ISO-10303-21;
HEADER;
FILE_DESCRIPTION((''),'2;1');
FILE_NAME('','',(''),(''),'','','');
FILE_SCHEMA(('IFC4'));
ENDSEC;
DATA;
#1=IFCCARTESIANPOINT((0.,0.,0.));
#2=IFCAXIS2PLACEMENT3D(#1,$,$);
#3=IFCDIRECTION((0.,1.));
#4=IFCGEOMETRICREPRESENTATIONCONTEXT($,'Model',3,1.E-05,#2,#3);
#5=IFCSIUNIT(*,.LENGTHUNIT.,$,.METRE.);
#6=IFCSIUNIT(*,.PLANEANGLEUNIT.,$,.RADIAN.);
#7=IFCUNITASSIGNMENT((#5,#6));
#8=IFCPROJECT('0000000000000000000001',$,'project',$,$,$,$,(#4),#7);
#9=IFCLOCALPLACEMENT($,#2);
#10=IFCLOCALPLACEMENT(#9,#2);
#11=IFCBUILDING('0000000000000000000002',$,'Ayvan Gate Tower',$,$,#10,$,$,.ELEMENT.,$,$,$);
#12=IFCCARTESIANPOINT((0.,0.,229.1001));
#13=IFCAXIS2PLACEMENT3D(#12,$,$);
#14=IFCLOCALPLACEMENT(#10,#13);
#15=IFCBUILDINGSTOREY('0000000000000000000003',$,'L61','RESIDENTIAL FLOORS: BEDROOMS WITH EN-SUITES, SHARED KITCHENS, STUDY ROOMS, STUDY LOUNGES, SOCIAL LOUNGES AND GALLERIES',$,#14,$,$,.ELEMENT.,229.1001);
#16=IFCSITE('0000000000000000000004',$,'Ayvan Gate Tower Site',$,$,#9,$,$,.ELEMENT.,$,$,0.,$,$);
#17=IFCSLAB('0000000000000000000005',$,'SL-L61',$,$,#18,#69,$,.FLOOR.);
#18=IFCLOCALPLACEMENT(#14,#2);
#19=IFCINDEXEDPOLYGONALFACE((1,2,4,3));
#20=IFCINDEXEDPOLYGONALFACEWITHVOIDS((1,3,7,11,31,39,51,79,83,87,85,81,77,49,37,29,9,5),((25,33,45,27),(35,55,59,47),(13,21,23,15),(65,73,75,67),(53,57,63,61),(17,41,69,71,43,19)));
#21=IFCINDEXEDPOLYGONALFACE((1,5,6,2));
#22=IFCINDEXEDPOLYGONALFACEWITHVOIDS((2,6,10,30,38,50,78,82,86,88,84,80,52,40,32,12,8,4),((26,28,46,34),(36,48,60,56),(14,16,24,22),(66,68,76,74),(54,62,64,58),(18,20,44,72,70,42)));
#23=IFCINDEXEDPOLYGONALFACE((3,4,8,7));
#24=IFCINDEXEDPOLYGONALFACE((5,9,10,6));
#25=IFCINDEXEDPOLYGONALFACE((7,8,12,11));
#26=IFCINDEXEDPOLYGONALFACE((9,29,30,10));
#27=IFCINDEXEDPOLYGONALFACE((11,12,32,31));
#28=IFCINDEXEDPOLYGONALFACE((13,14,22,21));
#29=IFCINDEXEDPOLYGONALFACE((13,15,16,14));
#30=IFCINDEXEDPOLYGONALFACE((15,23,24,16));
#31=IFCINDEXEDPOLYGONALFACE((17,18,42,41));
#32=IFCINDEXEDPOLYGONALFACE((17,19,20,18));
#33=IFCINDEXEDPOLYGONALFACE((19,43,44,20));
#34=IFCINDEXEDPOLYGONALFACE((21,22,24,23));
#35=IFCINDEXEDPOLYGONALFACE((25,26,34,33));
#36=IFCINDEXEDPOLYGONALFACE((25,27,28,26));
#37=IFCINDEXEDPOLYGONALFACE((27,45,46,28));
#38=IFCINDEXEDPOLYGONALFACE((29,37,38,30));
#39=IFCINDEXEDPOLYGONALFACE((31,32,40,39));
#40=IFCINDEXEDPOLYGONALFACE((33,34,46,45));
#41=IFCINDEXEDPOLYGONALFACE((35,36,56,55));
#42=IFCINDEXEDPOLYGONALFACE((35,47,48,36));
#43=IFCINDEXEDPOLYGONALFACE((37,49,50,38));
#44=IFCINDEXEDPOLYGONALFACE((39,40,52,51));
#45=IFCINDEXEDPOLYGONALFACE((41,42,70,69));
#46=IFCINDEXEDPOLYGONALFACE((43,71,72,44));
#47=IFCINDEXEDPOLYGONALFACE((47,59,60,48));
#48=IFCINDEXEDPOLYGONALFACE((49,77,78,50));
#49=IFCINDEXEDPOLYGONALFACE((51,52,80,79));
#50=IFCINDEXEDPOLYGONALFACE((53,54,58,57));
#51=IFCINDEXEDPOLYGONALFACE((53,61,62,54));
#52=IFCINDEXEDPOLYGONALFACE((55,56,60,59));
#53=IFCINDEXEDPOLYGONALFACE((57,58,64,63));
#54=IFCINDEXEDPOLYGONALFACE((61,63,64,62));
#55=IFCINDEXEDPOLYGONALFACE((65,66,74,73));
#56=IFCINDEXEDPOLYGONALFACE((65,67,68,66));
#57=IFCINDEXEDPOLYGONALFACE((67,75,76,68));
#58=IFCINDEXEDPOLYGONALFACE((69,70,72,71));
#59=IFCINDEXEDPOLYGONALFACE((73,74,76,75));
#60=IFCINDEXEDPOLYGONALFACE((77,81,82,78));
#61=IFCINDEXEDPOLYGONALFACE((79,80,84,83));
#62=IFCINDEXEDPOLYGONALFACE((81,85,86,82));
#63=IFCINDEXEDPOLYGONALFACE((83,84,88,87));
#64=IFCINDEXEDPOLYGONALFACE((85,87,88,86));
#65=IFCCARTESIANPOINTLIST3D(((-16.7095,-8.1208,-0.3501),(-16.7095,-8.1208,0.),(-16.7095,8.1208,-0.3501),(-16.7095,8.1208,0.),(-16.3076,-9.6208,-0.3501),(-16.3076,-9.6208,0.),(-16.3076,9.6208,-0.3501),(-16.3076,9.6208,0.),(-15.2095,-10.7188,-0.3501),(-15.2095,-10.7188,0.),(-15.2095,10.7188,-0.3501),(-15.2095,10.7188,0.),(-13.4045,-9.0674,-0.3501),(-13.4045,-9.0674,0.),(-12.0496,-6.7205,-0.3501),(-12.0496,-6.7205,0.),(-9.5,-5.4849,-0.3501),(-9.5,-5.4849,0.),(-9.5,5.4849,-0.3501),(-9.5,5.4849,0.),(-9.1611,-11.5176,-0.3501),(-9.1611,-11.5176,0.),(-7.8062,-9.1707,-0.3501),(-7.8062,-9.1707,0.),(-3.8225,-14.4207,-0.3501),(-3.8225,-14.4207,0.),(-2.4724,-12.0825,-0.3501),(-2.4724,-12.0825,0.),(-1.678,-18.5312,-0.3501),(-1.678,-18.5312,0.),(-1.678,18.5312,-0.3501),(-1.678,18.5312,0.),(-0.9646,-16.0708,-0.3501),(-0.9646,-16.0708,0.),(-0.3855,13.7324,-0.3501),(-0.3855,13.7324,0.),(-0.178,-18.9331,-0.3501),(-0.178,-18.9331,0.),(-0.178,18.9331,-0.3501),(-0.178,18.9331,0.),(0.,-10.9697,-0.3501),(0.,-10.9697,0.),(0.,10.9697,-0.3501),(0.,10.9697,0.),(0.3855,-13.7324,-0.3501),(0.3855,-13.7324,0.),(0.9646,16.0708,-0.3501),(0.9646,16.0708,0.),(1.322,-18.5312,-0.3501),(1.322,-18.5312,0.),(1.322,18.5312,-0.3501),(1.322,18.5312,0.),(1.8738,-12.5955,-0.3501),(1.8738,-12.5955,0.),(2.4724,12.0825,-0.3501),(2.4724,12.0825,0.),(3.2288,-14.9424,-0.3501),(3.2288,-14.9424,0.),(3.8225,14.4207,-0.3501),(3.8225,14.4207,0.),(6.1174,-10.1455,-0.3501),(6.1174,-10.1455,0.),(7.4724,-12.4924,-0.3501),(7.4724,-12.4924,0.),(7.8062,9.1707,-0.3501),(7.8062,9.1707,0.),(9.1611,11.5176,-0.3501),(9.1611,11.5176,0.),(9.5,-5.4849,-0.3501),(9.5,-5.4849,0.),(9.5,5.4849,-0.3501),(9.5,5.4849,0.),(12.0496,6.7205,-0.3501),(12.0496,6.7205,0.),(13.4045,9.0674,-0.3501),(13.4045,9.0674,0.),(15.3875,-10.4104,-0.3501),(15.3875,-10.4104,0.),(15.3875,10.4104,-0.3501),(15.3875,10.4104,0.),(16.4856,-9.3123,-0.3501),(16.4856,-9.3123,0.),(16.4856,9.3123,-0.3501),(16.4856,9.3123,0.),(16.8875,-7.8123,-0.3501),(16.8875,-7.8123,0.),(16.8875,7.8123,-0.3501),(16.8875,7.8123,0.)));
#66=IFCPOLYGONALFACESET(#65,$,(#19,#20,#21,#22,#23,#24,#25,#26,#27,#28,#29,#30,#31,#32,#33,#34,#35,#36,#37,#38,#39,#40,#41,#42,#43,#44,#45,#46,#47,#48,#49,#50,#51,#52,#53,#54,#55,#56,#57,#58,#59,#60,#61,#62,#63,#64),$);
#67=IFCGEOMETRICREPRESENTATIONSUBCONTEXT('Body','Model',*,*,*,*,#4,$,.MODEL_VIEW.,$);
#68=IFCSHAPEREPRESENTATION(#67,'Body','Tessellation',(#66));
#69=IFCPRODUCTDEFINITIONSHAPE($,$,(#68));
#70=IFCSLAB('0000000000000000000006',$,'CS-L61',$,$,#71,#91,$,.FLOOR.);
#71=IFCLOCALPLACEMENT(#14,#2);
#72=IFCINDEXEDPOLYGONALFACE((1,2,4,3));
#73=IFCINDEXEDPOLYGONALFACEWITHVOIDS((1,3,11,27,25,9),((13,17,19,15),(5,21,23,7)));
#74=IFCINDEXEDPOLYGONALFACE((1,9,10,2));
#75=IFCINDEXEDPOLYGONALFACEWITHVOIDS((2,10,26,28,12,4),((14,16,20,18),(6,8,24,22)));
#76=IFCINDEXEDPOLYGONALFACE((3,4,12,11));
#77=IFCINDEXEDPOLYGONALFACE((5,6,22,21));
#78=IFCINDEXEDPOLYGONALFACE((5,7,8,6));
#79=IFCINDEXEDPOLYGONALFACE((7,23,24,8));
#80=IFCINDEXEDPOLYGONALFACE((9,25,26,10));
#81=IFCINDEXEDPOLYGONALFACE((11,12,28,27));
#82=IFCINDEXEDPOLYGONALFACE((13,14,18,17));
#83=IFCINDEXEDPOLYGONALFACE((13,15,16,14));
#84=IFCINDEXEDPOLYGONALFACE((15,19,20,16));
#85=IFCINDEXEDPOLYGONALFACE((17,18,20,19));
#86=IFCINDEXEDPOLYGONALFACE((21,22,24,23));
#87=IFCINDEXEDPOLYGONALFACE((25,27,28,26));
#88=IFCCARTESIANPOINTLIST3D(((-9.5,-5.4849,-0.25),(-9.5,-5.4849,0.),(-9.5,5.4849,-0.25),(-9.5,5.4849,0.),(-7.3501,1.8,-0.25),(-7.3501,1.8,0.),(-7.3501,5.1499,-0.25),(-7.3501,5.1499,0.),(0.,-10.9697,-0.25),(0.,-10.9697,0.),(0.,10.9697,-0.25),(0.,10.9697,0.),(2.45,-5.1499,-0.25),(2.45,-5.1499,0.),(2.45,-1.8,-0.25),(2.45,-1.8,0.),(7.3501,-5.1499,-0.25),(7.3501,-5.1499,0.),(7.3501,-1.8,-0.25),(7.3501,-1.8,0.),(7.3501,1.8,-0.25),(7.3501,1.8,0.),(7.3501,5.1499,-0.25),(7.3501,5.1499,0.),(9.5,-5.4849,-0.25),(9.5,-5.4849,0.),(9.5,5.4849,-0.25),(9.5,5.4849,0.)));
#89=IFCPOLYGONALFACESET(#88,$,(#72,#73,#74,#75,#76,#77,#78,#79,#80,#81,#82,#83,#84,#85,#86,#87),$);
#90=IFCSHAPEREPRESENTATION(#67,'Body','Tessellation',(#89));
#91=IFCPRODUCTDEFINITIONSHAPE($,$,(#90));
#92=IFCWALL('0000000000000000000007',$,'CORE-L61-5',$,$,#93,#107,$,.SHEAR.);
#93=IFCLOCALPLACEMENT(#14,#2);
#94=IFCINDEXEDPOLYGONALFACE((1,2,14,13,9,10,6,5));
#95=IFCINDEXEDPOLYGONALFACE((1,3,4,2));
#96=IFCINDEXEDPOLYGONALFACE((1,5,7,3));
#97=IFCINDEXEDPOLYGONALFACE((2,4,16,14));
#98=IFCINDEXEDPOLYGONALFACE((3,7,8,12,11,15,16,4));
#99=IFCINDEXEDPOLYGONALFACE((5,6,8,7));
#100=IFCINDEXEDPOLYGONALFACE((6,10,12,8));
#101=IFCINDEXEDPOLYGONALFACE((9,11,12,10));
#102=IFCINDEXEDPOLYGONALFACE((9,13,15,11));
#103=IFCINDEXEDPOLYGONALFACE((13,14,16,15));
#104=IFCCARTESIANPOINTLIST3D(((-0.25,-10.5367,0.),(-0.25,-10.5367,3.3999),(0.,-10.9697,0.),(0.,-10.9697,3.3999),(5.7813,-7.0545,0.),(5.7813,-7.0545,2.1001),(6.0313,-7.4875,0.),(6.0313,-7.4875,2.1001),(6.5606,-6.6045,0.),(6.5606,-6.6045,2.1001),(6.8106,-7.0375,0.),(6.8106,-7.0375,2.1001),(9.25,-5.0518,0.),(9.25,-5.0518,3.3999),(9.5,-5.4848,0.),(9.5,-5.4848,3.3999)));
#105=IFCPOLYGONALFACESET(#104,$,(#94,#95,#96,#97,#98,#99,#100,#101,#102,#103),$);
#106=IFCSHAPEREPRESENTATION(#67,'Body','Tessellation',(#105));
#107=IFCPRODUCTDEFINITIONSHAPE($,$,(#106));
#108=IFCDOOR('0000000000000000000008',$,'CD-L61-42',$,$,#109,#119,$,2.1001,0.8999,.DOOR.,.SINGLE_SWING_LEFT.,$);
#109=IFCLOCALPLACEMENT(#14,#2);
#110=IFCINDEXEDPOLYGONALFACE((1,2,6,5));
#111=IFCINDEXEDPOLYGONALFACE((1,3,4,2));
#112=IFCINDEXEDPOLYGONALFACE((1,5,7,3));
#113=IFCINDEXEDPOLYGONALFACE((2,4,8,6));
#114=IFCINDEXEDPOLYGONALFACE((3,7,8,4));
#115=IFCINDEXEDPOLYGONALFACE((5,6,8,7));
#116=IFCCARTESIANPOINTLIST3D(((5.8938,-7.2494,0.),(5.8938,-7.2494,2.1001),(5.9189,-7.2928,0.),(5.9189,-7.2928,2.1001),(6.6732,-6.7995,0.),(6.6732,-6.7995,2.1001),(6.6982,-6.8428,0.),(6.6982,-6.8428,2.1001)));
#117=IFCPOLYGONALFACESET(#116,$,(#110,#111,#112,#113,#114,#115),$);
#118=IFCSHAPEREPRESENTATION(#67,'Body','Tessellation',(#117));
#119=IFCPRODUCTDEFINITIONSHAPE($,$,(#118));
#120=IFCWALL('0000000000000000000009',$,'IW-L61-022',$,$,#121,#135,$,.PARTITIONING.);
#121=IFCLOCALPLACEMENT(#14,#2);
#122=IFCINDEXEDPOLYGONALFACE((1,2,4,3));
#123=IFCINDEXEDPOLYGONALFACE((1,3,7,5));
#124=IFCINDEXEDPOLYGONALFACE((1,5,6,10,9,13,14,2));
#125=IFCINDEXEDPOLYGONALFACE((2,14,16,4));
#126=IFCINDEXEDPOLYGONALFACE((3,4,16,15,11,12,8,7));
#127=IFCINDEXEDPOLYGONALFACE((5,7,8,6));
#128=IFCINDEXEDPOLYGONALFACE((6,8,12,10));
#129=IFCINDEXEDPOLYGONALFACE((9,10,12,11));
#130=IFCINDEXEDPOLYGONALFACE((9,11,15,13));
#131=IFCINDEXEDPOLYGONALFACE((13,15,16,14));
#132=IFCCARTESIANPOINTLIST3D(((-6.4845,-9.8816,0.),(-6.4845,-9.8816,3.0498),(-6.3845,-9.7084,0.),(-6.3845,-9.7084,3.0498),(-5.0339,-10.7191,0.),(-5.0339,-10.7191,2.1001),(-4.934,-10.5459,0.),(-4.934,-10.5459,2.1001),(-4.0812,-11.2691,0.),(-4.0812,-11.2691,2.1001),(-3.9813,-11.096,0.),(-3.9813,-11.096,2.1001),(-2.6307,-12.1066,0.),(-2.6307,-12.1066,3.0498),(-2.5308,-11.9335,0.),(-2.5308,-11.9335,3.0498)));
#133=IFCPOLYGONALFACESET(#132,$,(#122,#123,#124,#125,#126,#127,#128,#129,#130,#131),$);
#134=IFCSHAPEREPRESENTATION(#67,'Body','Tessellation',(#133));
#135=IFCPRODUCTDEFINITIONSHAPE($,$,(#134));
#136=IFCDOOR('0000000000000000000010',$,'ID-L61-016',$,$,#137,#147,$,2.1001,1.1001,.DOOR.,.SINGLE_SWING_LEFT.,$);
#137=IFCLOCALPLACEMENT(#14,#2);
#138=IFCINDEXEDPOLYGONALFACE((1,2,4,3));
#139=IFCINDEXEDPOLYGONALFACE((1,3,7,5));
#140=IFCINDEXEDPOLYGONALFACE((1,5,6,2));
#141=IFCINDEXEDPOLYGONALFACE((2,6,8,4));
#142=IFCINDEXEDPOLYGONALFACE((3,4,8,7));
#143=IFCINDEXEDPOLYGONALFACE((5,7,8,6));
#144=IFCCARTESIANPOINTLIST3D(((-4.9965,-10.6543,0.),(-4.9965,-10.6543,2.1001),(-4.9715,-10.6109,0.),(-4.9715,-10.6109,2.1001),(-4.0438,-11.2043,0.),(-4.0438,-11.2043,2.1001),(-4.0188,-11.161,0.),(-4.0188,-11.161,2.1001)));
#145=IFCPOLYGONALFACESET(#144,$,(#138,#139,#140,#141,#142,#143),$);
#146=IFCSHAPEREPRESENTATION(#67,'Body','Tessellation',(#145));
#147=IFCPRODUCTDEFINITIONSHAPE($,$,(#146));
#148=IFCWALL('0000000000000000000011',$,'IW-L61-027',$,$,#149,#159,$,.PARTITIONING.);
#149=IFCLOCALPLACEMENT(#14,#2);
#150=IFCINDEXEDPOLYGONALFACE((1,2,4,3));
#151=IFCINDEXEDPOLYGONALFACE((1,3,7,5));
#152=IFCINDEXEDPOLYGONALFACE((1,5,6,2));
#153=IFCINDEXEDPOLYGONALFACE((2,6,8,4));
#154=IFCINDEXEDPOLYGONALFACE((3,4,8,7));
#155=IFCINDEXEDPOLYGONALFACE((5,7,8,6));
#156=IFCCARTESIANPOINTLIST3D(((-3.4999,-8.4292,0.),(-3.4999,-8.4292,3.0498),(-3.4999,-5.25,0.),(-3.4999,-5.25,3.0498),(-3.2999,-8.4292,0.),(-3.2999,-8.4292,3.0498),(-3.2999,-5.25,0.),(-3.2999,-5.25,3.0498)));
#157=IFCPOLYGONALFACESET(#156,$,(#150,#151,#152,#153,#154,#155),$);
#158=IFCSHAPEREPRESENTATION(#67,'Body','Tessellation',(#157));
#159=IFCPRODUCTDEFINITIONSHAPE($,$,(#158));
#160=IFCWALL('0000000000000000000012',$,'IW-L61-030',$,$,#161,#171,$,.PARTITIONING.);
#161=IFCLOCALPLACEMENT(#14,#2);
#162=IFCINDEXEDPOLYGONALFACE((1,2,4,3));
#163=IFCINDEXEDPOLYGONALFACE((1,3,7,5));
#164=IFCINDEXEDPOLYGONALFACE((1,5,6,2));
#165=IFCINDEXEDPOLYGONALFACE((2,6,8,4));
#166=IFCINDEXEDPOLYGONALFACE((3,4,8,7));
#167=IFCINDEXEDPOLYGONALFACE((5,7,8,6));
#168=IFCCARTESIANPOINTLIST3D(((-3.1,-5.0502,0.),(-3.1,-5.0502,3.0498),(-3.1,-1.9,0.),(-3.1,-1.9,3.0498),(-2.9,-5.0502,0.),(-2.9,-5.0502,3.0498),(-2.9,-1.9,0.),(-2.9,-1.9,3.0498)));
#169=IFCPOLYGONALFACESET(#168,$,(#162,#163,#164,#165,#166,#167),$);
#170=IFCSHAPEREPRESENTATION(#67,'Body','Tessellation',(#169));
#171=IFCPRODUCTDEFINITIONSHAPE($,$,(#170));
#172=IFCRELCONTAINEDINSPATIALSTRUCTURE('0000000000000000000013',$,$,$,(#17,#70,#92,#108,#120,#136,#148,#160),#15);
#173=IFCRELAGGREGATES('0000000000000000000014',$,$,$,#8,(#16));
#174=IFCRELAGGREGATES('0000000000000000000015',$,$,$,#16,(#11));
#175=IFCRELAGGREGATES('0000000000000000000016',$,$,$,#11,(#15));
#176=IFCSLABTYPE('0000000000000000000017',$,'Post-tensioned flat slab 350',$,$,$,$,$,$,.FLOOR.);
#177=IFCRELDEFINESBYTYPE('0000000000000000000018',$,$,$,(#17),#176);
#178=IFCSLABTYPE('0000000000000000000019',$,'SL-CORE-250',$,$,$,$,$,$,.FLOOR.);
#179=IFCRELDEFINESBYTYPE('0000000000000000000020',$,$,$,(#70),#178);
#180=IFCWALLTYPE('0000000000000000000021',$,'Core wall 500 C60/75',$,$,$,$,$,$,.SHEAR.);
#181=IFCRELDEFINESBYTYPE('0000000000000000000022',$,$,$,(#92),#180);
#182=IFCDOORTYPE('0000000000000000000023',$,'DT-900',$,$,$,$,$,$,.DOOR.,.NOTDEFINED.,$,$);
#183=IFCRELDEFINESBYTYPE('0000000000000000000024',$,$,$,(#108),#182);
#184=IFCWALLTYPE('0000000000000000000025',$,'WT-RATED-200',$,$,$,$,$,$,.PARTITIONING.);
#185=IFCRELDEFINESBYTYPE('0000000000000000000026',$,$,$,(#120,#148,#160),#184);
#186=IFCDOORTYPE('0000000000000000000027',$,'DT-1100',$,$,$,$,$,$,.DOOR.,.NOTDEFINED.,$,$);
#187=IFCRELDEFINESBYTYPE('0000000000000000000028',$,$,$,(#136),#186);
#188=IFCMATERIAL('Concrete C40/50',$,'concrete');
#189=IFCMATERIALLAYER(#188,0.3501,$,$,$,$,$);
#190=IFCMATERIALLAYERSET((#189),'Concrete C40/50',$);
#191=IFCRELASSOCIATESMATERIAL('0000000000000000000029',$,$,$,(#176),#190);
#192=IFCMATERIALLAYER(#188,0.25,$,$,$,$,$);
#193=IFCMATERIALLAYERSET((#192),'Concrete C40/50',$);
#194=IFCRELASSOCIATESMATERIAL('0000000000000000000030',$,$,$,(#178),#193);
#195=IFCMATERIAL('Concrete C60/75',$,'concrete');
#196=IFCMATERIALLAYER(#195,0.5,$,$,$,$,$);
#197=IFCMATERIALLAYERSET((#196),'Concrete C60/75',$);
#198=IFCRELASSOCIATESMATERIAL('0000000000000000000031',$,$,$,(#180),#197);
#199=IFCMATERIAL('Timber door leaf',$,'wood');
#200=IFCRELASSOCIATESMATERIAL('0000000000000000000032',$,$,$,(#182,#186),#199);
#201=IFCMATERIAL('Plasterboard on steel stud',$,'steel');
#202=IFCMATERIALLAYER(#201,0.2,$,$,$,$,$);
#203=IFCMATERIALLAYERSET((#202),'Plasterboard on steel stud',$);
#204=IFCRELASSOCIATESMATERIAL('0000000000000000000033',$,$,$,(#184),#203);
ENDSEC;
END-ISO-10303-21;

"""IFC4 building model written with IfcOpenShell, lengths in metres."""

from ifc_helpers import new_model, si_unit, direction, frame, frame_2d, origin, place, context, subcontext, project, spatial, polyline, rectangle, outline, extrude, material, layer, layer_set, type_object, element, fill, save


model = new_model("IFC4")

# Units and contexts
model_context = context("Model", 3, precision=1e-05, world=origin(), true_north=direction((0.0, 1.0)))
body_context = subcontext(model_context, "Body", "Model", "MODEL_VIEW")
ifc_project = project(units=[si_unit("LENGTHUNIT", "METRE"), si_unit("PLANEANGLEUNIT", "RADIAN")], contexts=[model_context])

# Site, building, storey
site_placement = place(None, origin())
site = spatial("IfcSite", under=ifc_project, at=site_placement, Name="Ayvan Gate Tower Site", CompositionType="ELEMENT", RefElevation=0.0)
building_placement = place(site_placement, origin())
building = spatial("IfcBuilding", under=site, at=building_placement, Name="Ayvan Gate Tower", CompositionType="ELEMENT")
storey_placement = place(building_placement, frame((0.0, 0.0, 229.1001)))
storey = spatial("IfcBuildingStorey", under=building, at=storey_placement, Name="L61", Description="RESIDENTIAL FLOORS: BEDROOMS WITH EN-SUITES, SHARED KITCHENS, STUDY ROOMS, STUDY LOUNGES, SOCIAL LOUNGES AND GALLERIES", CompositionType="ELEMENT", Elevation=229.1001)

# Slabs
ifc_material_1 = material(Name="Concrete C40/50", Category="concrete")
ifc_layer_1 = layer(ifc_material_1, 0.3501)
ifc_layer_set_1 = layer_set([ifc_layer_1], Name="Concrete C40/50")
slab_type_1 = type_object("IfcSlabType", Name="Post-tensioned flat slab 350", PredefinedType="FLOOR", material=ifc_layer_set_1)
slab_1_placement = place(storey_placement, frame((0.0, 0.0, -0.3501)))
element("IfcSlab", 1, at=slab_1_placement, inside=storey, type_object=slab_type_1, Name="SL-L61", PredefinedType="FLOOR", context=body_context, shape_type="SweptSolid", body=[
    extrude(outline(polyline([(1.322, -18.5312), (-0.178, -18.9331), (-1.678, -18.5312), (-15.2095, -10.7188), (-16.3076, -9.6208), (-16.7095, -8.1208), (-16.7095, 8.1208), (-16.3076, 9.6208), (-15.2095, 10.7188), (-1.678, 18.5312), (-0.178, 18.9331), (1.322, 18.5312), (15.3875, 10.4104), (16.4856, 9.3123), (16.8875, 7.8123), (16.8875, -7.8123), (16.4856, -9.3123), (15.3875, -10.4104), (1.322, -18.5312)]), holes=[polyline([(12.0496, 6.7205), (13.4045, 9.0674), (9.1611, 11.5176), (7.8062, 9.1707), (12.0496, 6.7205)]), polyline([(9.5, 5.4849), (0.0, 10.9697), (-9.5, 5.4849), (-9.5, -5.4849), (0.0, -10.9697), (9.5, -5.4849), (9.5, 5.4849)]), polyline([(1.8738, -12.5955), (3.2288, -14.9424), (7.4724, -12.4924), (6.1174, -10.1455), (1.8738, -12.5955)]), polyline([(3.8225, 14.4207), (0.9646, 16.0708), (-0.3855, 13.7324), (2.4724, 12.0825), (3.8225, 14.4207)]), polyline([(0.3855, -13.7324), (-2.4724, -12.0825), (-3.8225, -14.4207), (-0.9646, -16.0708), (0.3855, -13.7324)]), polyline([(-9.1611, -11.5176), (-7.8062, -9.1707), (-12.0496, -6.7205), (-13.4045, -9.0674), (-9.1611, -11.5176)])]), origin(), (0.0, 0.0, 1.0), 0.3501),
])
ifc_layer_2 = layer(ifc_material_1, 0.25)
ifc_layer_set_2 = layer_set([ifc_layer_2], Name="Concrete C40/50")
slab_type_2 = type_object("IfcSlabType", Name="SL-CORE-250", PredefinedType="FLOOR", material=ifc_layer_set_2)
slab_2_placement = place(storey_placement, frame((0.0, 0.0, -0.25)))
element("IfcSlab", 2, at=slab_2_placement, inside=storey, type_object=slab_type_2, Name="CS-L61", PredefinedType="FLOOR", context=body_context, shape_type="SweptSolid", body=[
    extrude(outline(polyline([(9.5, -5.4849), (0.0, -10.9697), (-9.5, -5.4849), (-9.5, 5.4849), (0.0, 10.9697), (9.5, 5.4849), (9.5, -5.4849)]), holes=[polyline([(-7.3501, 5.1499), (-7.3501, 1.8), (7.3501, 1.8), (7.3501, 5.1499), (-7.3501, 5.1499)]), polyline([(2.45, -1.8), (2.45, -5.1499), (7.3501, -5.1499), (7.3501, -1.8), (2.45, -1.8)])]), origin(), (0.0, 0.0, 1.0), 0.25),
])

# Walls, openings, doors
ifc_material_2 = material(Name="Concrete C60/75", Category="concrete")
ifc_layer_3 = layer(ifc_material_2, 0.5)
ifc_layer_set_3 = layer_set([ifc_layer_3], Name="Concrete C60/75")
wall_type_1 = type_object("IfcWallType", Name="Core wall 500 C60/75", PredefinedType="SHEAR", material=ifc_layer_set_3)
wall_1_placement = place(storey_placement, frame((-0.125, -10.7532, 0.0), z_axis=(0.0, 0.0, 1.0), x_axis=(0.866024, 0.500002, 0.0)))
wall_1 = element("IfcWall", 3, at=wall_1_placement, inside=storey, type_object=wall_type_1, Name="CORE-L61-5", PredefinedType="SHEAR", context=body_context, shape_type="SweptSolid", body=[
    extrude(rectangle(XDim=10.9697, YDim=0.5, at=frame_2d((5.4849, 0.0))), origin(), (0.0, 0.0, 1.0), 3.3999),
])
opening_1_placement = place(wall_1_placement, frame((6.9644, 0.0, 0.0)))
opening_1 = element("IfcOpeningElement", 4, at=opening_1_placement, cuts=wall_1, PredefinedType="OPENING", context=body_context, shape_type="SweptSolid", body=[
    extrude(rectangle(XDim=0.8999, YDim=2.1001, at=frame_2d((0.45, 1.05))), frame((0.0, 0.26, 0.0), z_axis=(0.0, -1.0, 0.0), x_axis=(1.0, 0.0, 0.0)), (0.0, 0.0, 1.0), 0.52),
])
ifc_material_3 = material(Name="Timber door leaf", Category="wood")
door_type_1 = type_object("IfcDoorType", Name="DT-900", OperationType="NOTDEFINED", PredefinedType="DOOR", material=ifc_material_3)
door_1_placement = place(opening_1_placement, origin())
door_1 = element("IfcDoor", 5, at=door_1_placement, inside=storey, type_object=door_type_1, Name="CD-L61-42", OperationType="SINGLE_SWING_LEFT", OverallHeight=2.1001, OverallWidth=0.8999, PredefinedType="DOOR", context=body_context, shape_type="SweptSolid", body=[
    extrude(rectangle(XDim=0.8999, YDim=2.1001, at=frame_2d((0.45, 1.05))), frame((0.0, 0.0249, 0.0), z_axis=(0.0, -1.0, 0.0), x_axis=(1.0, 0.0, 0.0)), (0.0, 0.0, 1.0), 0.05),
])
fill(opening_1, door_1)
ifc_material_4 = material(Name="Plasterboard on steel stud", Category="steel")
ifc_layer_4 = layer(ifc_material_4, 0.2)
ifc_layer_set_4 = layer_set([ifc_layer_4], Name="Plasterboard on steel stud")
wall_type_2 = type_object("IfcWallType", Name="WT-RATED-200", PredefinedType="PARTITIONING", material=ifc_layer_set_4)
wall_2_placement = place(storey_placement, frame((-6.4346, -9.7949, 0.0), z_axis=(0.0, 0.0, 1.0), x_axis=(0.866013, -0.500022, 0.0)))
wall_2 = element("IfcWall", 6, at=wall_2_placement, inside=storey, type_object=wall_type_2, Name="IW-L61-022", PredefinedType="PARTITIONING", context=body_context, shape_type="SweptSolid", body=[
    extrude(rectangle(XDim=4.45, YDim=0.2, at=frame_2d((2.2251, 0.0))), origin(), (0.0, 0.0, 1.0), 3.0498),
])
opening_2_placement = place(wall_2_placement, frame((1.675, 0.0, 0.0)))
opening_2 = element("IfcOpeningElement", 7, at=opening_2_placement, cuts=wall_2, PredefinedType="OPENING", context=body_context, shape_type="SweptSolid", body=[
    extrude(rectangle(XDim=1.1001, YDim=2.1001, at=frame_2d((0.55, 1.05))), frame((0.0, 0.1099, 0.0), z_axis=(0.0, -1.0, 0.0), x_axis=(1.0, 0.0, 0.0)), (0.0, 0.0, 1.0), 0.22),
])
door_type_2 = type_object("IfcDoorType", Name="DT-1100", OperationType="NOTDEFINED", PredefinedType="DOOR", material=ifc_material_3)
door_2_placement = place(opening_2_placement, origin())
door_2 = element("IfcDoor", 8, at=door_2_placement, inside=storey, type_object=door_type_2, Name="ID-L61-016", OperationType="SINGLE_SWING_LEFT", OverallHeight=2.1001, OverallWidth=1.1001, PredefinedType="DOOR", context=body_context, shape_type="SweptSolid", body=[
    extrude(rectangle(XDim=1.1001, YDim=2.1001, at=frame_2d((0.55, 1.05))), frame((0.0, 0.0249, 0.0), z_axis=(0.0, -1.0, 0.0), x_axis=(1.0, 0.0, 0.0)), (0.0, 0.0, 1.0), 0.05),
])
fill(opening_2, door_2)

# Walls
wall_3_placement = place(storey_placement, frame((-3.3999, -5.25, 0.0), z_axis=(0.0, 0.0, 1.0), x_axis=(0.0, -1.0, 0.0)))
element("IfcWall", 9, at=wall_3_placement, inside=storey, type_object=wall_type_2, Name="IW-L61-027", PredefinedType="PARTITIONING", context=body_context, shape_type="SweptSolid", body=[
    extrude(rectangle(XDim=3.1792, YDim=0.2, at=frame_2d((1.5896, 0.0))), origin(), (0.0, 0.0, 1.0), 3.0498),
])
wall_4_placement = place(storey_placement, frame((-3.0, -1.8999, 0.0), z_axis=(0.0, 0.0, 1.0), x_axis=(0.0, -1.0, 0.0)))
element("IfcWall", 10, at=wall_4_placement, inside=storey, type_object=wall_type_2, Name="IW-L61-030", PredefinedType="PARTITIONING", context=body_context, shape_type="SweptSolid", body=[
    extrude(rectangle(XDim=3.1501, YDim=0.2, at=frame_2d((1.5752, 0.0))), origin(), (0.0, 0.0, 1.0), 3.0498),
])

save(model, "model.ifc")
